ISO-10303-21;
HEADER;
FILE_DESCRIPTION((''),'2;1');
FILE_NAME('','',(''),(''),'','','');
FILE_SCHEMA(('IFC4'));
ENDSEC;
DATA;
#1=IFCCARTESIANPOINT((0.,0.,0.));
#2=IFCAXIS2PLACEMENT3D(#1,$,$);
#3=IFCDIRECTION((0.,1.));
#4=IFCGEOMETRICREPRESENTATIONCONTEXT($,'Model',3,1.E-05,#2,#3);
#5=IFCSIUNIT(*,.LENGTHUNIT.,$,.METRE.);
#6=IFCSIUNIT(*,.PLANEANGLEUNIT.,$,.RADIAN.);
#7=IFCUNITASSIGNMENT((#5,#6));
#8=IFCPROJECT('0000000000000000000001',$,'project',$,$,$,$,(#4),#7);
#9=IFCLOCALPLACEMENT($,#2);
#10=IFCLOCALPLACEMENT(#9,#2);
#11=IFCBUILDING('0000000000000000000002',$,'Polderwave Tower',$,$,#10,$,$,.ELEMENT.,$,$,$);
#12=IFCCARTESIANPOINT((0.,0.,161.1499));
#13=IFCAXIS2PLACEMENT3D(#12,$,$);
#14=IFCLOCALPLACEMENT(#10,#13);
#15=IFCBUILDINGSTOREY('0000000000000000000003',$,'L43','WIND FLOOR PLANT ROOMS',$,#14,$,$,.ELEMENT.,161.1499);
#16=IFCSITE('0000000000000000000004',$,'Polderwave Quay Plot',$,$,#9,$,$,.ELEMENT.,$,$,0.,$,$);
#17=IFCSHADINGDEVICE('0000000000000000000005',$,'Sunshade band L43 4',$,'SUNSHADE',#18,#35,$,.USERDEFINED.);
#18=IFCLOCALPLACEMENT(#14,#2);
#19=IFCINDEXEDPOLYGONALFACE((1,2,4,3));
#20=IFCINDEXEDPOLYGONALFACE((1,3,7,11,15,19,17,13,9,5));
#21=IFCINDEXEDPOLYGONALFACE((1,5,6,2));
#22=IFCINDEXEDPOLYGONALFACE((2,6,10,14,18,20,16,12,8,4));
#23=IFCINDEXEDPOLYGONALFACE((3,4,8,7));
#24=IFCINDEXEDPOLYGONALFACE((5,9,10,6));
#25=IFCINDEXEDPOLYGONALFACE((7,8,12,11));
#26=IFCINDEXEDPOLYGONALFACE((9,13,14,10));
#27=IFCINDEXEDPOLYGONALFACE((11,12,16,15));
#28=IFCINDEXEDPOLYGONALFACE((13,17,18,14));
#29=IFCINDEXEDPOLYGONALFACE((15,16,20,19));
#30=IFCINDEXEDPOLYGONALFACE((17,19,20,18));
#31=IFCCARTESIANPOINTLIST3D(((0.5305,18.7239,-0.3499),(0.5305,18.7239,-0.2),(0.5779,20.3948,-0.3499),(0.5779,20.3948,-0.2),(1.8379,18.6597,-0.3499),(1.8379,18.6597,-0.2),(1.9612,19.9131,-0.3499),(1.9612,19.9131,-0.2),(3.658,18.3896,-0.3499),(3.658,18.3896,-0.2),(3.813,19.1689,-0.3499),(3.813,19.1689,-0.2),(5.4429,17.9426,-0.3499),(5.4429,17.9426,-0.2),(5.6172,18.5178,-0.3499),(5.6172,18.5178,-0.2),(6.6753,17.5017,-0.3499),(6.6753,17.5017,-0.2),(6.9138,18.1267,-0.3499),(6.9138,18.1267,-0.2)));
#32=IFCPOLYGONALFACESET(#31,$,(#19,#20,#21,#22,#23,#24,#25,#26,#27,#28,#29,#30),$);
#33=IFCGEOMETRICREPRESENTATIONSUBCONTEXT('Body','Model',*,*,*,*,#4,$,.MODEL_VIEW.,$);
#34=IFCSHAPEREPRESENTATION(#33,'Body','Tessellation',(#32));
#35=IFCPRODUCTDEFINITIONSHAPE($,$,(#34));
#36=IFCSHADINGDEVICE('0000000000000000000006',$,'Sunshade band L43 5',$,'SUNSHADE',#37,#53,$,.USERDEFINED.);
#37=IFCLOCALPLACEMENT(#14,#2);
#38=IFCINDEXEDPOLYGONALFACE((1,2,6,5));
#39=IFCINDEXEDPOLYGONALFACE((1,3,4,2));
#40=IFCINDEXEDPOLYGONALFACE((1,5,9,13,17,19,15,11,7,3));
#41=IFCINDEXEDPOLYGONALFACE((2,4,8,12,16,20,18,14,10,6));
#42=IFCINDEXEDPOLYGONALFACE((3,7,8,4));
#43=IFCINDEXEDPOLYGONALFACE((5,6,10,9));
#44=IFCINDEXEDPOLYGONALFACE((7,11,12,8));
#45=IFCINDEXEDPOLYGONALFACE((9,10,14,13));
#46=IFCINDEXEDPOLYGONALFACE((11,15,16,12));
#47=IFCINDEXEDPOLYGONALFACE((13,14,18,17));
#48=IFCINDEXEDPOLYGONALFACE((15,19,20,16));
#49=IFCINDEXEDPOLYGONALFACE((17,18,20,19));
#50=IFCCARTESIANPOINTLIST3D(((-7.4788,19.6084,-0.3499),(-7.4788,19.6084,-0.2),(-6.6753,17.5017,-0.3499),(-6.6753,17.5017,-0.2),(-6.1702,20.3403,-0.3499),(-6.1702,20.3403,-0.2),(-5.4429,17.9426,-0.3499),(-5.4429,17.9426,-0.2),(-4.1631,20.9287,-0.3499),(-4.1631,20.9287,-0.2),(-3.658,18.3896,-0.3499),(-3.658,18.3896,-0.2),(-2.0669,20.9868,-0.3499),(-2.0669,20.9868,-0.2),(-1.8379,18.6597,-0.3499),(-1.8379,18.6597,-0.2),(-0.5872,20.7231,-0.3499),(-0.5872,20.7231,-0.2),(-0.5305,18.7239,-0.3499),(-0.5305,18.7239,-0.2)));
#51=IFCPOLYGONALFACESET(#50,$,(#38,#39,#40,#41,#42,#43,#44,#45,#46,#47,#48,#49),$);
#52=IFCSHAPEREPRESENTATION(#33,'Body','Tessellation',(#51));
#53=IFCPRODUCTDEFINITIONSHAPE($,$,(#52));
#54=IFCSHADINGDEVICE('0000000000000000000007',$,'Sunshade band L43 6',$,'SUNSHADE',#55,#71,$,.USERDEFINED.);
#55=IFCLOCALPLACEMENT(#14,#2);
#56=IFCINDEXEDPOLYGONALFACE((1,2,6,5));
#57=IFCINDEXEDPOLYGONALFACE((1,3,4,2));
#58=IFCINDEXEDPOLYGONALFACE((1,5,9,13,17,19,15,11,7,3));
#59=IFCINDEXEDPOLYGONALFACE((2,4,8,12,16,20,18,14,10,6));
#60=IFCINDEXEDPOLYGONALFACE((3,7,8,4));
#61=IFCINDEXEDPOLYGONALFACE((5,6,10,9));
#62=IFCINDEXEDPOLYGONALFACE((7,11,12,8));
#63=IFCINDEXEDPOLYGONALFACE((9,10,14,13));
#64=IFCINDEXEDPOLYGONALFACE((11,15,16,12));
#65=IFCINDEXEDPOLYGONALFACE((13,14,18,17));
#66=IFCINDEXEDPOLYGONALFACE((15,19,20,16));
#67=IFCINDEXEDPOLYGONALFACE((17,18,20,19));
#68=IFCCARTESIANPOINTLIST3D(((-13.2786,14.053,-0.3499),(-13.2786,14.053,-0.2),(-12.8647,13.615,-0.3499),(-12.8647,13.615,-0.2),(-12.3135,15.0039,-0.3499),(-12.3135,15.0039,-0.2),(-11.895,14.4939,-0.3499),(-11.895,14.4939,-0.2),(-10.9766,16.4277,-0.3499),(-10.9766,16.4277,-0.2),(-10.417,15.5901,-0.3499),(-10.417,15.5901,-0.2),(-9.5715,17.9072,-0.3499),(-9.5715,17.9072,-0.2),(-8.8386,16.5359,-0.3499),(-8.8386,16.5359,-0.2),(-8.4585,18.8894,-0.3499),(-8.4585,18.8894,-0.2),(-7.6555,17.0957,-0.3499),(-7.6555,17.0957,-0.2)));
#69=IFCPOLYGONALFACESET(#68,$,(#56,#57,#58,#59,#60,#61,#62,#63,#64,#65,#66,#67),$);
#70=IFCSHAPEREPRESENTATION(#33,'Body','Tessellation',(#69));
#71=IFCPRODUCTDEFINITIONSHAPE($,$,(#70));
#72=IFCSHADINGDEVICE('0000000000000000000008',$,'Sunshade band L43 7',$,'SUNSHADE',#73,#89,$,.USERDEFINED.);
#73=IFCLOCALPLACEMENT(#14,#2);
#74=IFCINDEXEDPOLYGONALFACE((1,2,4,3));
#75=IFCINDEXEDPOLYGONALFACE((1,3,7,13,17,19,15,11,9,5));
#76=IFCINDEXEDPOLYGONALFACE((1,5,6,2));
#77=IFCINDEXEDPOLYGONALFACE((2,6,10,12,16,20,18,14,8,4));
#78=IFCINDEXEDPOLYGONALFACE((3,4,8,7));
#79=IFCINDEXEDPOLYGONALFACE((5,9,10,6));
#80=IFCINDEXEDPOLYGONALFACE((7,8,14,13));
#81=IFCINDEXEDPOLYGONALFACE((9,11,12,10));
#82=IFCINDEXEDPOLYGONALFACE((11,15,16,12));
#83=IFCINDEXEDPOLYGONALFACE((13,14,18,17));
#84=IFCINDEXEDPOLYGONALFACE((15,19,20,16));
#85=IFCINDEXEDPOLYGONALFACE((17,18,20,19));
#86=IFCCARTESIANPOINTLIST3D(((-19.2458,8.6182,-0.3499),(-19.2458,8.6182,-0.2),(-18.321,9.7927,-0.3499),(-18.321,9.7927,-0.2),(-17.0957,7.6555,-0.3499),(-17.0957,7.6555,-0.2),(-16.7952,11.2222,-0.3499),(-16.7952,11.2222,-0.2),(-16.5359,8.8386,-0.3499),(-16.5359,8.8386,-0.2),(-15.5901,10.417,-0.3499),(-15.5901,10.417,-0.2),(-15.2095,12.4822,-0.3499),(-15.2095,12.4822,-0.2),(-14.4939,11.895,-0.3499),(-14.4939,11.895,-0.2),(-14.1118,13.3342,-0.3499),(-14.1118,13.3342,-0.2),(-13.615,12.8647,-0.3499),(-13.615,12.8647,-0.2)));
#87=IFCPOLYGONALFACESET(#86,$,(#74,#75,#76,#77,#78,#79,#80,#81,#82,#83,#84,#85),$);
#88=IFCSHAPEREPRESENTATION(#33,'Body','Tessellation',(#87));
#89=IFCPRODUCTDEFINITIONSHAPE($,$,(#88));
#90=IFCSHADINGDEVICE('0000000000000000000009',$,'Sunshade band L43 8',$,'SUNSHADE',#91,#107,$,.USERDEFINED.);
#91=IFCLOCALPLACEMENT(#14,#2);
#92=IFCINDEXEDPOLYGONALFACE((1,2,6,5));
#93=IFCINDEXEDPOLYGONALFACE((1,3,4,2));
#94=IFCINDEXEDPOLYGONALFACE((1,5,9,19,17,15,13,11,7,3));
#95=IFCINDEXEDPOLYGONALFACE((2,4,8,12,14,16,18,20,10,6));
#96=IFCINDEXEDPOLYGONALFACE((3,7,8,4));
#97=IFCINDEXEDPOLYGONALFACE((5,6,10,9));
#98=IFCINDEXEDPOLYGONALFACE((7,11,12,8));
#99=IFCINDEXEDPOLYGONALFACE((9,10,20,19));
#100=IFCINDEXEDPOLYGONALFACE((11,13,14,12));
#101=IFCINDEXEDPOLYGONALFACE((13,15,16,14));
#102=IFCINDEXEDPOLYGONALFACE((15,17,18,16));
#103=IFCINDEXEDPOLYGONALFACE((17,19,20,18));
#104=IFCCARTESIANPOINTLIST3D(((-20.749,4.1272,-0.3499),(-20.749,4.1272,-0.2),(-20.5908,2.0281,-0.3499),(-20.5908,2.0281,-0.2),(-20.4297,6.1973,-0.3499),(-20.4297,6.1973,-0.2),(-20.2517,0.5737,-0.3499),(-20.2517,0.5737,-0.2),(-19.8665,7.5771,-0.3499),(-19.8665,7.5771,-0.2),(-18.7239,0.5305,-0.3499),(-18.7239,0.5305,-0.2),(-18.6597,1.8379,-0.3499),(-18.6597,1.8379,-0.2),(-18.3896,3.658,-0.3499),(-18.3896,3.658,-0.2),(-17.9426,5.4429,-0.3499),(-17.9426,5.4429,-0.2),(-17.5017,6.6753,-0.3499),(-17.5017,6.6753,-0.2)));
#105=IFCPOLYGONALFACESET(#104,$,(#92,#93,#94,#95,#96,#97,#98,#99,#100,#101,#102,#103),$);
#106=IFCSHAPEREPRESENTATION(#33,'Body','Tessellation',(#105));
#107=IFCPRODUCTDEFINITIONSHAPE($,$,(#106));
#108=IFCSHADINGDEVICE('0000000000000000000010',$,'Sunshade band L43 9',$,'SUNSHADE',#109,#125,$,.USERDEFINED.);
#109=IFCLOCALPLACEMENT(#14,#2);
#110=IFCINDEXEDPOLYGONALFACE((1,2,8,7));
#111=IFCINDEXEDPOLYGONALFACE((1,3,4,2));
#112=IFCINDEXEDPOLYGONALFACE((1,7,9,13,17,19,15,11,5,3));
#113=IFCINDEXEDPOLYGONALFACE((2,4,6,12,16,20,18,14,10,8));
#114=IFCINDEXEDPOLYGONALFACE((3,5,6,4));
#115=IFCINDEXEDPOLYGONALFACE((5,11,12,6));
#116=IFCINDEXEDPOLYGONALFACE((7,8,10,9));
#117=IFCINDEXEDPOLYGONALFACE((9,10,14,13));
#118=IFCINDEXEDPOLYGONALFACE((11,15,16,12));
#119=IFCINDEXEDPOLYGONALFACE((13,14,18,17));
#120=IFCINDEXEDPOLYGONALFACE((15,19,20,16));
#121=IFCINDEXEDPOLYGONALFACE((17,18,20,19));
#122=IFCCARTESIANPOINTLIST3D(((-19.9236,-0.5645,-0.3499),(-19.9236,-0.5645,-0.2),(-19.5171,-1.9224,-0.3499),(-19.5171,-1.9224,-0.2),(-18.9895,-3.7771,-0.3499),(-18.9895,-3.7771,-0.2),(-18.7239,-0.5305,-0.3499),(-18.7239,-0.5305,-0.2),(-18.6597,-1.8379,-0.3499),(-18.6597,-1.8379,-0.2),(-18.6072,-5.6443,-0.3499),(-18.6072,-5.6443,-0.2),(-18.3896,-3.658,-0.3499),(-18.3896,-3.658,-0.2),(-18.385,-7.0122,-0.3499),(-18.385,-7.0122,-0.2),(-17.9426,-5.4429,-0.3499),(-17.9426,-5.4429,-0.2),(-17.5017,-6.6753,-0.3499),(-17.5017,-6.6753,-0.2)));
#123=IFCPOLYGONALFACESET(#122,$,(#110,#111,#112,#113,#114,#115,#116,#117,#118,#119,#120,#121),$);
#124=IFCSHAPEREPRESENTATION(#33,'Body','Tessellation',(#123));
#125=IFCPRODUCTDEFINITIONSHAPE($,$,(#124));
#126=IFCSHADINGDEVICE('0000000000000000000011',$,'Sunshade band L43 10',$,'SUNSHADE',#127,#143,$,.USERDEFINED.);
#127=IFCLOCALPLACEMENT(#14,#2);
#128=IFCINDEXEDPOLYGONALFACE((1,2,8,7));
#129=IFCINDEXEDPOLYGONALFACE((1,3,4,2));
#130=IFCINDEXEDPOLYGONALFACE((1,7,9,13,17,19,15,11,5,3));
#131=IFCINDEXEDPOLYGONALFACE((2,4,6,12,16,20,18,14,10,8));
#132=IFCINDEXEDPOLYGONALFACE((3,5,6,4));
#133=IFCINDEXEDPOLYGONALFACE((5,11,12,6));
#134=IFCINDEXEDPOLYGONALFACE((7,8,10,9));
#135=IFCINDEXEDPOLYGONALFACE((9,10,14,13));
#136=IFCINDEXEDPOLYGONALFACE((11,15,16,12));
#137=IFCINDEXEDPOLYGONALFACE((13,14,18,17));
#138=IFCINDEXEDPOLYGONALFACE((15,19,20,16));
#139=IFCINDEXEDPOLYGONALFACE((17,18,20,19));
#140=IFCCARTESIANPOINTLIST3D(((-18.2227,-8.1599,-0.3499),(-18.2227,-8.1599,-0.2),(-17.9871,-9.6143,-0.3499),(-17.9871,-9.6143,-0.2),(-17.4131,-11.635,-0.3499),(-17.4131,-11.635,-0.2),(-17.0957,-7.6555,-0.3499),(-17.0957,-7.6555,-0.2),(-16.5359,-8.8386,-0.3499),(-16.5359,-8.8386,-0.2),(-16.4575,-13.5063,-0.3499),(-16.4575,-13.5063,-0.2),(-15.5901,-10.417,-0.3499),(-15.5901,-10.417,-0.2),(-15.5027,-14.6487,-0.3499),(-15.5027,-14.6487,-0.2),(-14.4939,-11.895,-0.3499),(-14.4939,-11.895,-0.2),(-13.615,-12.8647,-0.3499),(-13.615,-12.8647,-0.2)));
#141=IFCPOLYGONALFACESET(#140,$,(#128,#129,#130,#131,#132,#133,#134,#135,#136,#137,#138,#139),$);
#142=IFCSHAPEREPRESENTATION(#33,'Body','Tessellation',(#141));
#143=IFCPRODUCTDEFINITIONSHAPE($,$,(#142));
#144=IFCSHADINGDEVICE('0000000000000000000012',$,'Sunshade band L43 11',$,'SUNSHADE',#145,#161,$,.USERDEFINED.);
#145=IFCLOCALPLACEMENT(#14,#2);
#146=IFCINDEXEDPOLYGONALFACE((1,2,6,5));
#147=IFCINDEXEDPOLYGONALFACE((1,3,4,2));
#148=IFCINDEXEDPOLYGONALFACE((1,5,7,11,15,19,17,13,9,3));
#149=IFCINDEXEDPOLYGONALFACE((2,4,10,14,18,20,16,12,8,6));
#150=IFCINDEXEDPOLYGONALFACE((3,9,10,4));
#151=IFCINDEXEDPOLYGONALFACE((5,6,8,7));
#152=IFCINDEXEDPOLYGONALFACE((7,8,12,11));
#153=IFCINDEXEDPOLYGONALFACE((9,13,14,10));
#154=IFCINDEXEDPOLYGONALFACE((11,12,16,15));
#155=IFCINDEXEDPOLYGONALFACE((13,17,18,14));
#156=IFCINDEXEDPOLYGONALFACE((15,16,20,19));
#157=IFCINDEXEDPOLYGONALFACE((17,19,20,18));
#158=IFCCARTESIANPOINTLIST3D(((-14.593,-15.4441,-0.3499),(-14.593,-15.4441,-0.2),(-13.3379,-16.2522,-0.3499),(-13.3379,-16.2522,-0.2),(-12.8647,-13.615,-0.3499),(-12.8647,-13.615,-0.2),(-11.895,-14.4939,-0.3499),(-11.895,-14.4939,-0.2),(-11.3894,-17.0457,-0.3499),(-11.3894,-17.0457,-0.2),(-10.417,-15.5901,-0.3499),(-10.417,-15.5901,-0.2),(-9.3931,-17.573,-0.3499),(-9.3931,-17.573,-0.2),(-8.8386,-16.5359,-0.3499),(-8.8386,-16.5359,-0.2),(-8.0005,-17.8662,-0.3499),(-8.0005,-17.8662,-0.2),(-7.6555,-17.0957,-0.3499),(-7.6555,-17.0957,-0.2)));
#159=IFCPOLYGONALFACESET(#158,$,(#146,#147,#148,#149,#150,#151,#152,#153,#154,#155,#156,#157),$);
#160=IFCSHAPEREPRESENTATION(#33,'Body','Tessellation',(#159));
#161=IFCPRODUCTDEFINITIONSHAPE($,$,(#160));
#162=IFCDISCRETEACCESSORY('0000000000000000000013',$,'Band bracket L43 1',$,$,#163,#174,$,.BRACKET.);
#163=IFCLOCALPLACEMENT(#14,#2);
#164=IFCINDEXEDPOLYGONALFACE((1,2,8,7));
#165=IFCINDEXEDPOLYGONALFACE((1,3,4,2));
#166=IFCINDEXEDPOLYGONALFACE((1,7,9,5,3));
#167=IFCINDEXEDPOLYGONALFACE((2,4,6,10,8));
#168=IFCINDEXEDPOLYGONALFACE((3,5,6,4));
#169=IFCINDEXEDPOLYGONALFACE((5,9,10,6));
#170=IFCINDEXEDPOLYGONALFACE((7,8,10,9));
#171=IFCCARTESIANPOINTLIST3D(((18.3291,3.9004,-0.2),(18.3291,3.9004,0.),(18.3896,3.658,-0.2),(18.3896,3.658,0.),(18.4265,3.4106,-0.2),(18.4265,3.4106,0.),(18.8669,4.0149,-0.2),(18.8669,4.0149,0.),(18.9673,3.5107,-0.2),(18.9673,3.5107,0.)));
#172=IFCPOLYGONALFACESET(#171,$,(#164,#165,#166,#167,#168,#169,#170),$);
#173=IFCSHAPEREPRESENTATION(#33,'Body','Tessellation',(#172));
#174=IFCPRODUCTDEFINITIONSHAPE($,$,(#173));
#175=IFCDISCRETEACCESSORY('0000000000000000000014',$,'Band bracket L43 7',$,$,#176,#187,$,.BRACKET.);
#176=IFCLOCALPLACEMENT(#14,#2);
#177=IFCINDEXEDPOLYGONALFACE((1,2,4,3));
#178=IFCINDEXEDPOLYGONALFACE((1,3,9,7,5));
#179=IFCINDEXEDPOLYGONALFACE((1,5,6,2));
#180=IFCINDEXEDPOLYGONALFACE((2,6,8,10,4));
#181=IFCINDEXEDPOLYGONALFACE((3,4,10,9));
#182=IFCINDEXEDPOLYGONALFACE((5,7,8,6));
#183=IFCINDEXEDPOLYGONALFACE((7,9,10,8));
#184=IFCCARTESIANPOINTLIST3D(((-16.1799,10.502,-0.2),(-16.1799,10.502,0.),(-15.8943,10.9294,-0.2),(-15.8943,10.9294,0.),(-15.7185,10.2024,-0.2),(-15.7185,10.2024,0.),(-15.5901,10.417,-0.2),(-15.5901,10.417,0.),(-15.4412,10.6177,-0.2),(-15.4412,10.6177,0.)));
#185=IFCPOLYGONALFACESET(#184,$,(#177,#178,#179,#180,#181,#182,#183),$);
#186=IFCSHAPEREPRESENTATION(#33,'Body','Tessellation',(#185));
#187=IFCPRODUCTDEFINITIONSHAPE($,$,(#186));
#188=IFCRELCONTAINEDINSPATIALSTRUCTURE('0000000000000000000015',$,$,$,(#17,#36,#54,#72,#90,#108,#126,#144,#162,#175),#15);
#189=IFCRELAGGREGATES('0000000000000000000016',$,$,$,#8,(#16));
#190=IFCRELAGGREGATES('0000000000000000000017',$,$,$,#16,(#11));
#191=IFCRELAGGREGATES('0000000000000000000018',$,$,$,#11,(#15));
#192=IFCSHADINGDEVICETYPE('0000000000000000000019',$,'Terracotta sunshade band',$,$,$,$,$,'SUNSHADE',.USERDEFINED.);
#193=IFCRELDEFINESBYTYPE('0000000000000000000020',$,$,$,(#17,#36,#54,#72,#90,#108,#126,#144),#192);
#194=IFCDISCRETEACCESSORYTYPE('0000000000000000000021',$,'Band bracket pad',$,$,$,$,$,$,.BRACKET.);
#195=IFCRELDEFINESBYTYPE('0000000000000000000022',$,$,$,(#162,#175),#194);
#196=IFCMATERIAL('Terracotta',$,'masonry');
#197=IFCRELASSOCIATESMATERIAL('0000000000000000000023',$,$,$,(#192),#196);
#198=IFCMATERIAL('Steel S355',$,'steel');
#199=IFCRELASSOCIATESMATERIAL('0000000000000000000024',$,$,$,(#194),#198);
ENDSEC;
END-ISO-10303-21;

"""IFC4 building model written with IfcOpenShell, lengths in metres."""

from ifc_helpers import new_model, si_unit, direction, frame, origin, place, context, subcontext, project, spatial, polyline, outline, extrude, material, type_object, element, save


model = new_model("IFC4")

# Units and contexts
model_context = context("Model", 3, precision=1e-05, world=origin(), true_north=direction((0.0, 1.0)))
body_context = subcontext(model_context, "Body", "Model", "MODEL_VIEW")
ifc_project = project(units=[si_unit("LENGTHUNIT", "METRE"), si_unit("PLANEANGLEUNIT", "RADIAN")], contexts=[model_context])

# Site, building, storey
site_placement = place(None, origin())
site = spatial("IfcSite", under=ifc_project, at=site_placement, Name="Polderwave Quay Plot", CompositionType="ELEMENT", RefElevation=0.0)
building_placement = place(site_placement, origin())
building = spatial("IfcBuilding", under=site, at=building_placement, Name="Polderwave Tower", CompositionType="ELEMENT")
storey_placement = place(building_placement, frame((0.0, 0.0, 161.1499)))
storey = spatial("IfcBuildingStorey", under=building, at=storey_placement, Name="L43", Description="WIND FLOOR PLANT ROOMS", CompositionType="ELEMENT", Elevation=161.1499)

# Shared definitions
ifc_material_1 = material(Name="Steel S355", Category="steel")

# Shading devices
ifc_material_2 = material(Name="Terracotta", Category="masonry")
shading_device_type = type_object("IfcShadingDeviceType", Name="Terracotta sunshade band", ElementType="SUNSHADE", PredefinedType="USERDEFINED", material=ifc_material_2)
shading_device_1_placement = place(storey_placement, frame((0.0, 0.0, -0.3499)))
element("IfcShadingDevice", 1, at=shading_device_1_placement, inside=storey, type_object=shading_device_type, Name="Sunshade band L43 4", ObjectType="SUNSHADE", PredefinedType="USERDEFINED", context=body_context, shape_type="SweptSolid", body=[
    extrude(outline(polyline([(6.6753, 17.5017), (5.4429, 17.9426), (3.658, 18.3896), (1.8379, 18.6597), (0.5305, 18.7239), (0.5779, 20.3948), (1.9612, 19.9131), (3.813, 19.1689), (5.6172, 18.5178), (6.9138, 18.1267), (6.6753, 17.5017)])), origin(), (0.0, 0.0, 1.0), 0.1499),
])
shading_device_2_placement = place(storey_placement, frame((0.0, 0.0, -0.3499)))
element("IfcShadingDevice", 2, at=shading_device_2_placement, inside=storey, type_object=shading_device_type, Name="Sunshade band L43 5", ObjectType="SUNSHADE", PredefinedType="USERDEFINED", context=body_context, shape_type="SweptSolid", body=[
    extrude(outline(polyline([(-0.5305, 18.7239), (-1.8379, 18.6597), (-3.658, 18.3896), (-5.4429, 17.9426), (-6.6753, 17.5017), (-7.4788, 19.6084), (-6.1702, 20.3403), (-4.1631, 20.9287), (-2.0669, 20.9868), (-0.5872, 20.7231), (-0.5305, 18.7239)])), origin(), (0.0, 0.0, 1.0), 0.1499),
])
shading_device_3_placement = place(storey_placement, frame((0.0, 0.0, -0.3499)))
element("IfcShadingDevice", 3, at=shading_device_3_placement, inside=storey, type_object=shading_device_type, Name="Sunshade band L43 6", ObjectType="SUNSHADE", PredefinedType="USERDEFINED", context=body_context, shape_type="SweptSolid", body=[
    extrude(outline(polyline([(-7.6555, 17.0957), (-8.8386, 16.5359), (-10.417, 15.5901), (-11.895, 14.4939), (-12.8647, 13.615), (-13.2786, 14.053), (-12.3135, 15.0039), (-10.9766, 16.4277), (-9.5715, 17.9072), (-8.4585, 18.8894), (-7.6555, 17.0957)])), origin(), (0.0, 0.0, 1.0), 0.1499),
])
shading_device_4_placement = place(storey_placement, frame((0.0, 0.0, -0.3499)))
element("IfcShadingDevice", 4, at=shading_device_4_placement, inside=storey, type_object=shading_device_type, Name="Sunshade band L43 7", ObjectType="SUNSHADE", PredefinedType="USERDEFINED", context=body_context, shape_type="SweptSolid", body=[
    extrude(outline(polyline([(-13.615, 12.8647), (-14.4939, 11.895), (-15.5901, 10.417), (-16.5359, 8.8386), (-17.0957, 7.6555), (-19.2458, 8.6182), (-18.321, 9.7927), (-16.7952, 11.2222), (-15.2095, 12.4822), (-14.1118, 13.3342), (-13.615, 12.8647)])), origin(), (0.0, 0.0, 1.0), 0.1499),
])
shading_device_5_placement = place(storey_placement, frame((0.0, 0.0, -0.3499)))
element("IfcShadingDevice", 5, at=shading_device_5_placement, inside=storey, type_object=shading_device_type, Name="Sunshade band L43 8", ObjectType="SUNSHADE", PredefinedType="USERDEFINED", context=body_context, shape_type="SweptSolid", body=[
    extrude(outline(polyline([(-17.5017, 6.6753), (-17.9426, 5.4429), (-18.3896, 3.658), (-18.6597, 1.8379), (-18.7239, 0.5305), (-20.2517, 0.5737), (-20.5908, 2.0281), (-20.749, 4.1272), (-20.4297, 6.1973), (-19.8665, 7.5771), (-17.5017, 6.6753)])), origin(), (0.0, 0.0, 1.0), 0.1499),
])
shading_device_6_placement = place(storey_placement, frame((0.0, 0.0, -0.3499)))
element("IfcShadingDevice", 6, at=shading_device_6_placement, inside=storey, type_object=shading_device_type, Name="Sunshade band L43 9", ObjectType="SUNSHADE", PredefinedType="USERDEFINED", context=body_context, shape_type="SweptSolid", body=[
    extrude(outline(polyline([(-18.7239, -0.5305), (-18.6597, -1.8379), (-18.3896, -3.658), (-17.9426, -5.4429), (-17.5017, -6.6753), (-18.385, -7.0122), (-18.6072, -5.6443), (-18.9895, -3.7771), (-19.5171, -1.9224), (-19.9236, -0.5645), (-18.7239, -0.5305)])), origin(), (0.0, 0.0, 1.0), 0.1499),
])
shading_device_7_placement = place(storey_placement, frame((0.0, 0.0, -0.3499)))
element("IfcShadingDevice", 7, at=shading_device_7_placement, inside=storey, type_object=shading_device_type, Name="Sunshade band L43 10", ObjectType="SUNSHADE", PredefinedType="USERDEFINED", context=body_context, shape_type="SweptSolid", body=[
    extrude(outline(polyline([(-17.0957, -7.6555), (-16.5359, -8.8386), (-15.5901, -10.417), (-14.4939, -11.895), (-13.615, -12.8647), (-15.5027, -14.6487), (-16.4575, -13.5063), (-17.4131, -11.635), (-17.9871, -9.6143), (-18.2227, -8.1599), (-17.0957, -7.6555)])), origin(), (0.0, 0.0, 1.0), 0.1499),
])
shading_device_8_placement = place(storey_placement, frame((0.0, 0.0, -0.3499)))
element("IfcShadingDevice", 8, at=shading_device_8_placement, inside=storey, type_object=shading_device_type, Name="Sunshade band L43 11", ObjectType="SUNSHADE", PredefinedType="USERDEFINED", context=body_context, shape_type="SweptSolid", body=[
    extrude(outline(polyline([(-12.8647, -13.615), (-11.895, -14.4939), (-10.417, -15.5901), (-8.8386, -16.5359), (-7.6555, -17.0957), (-8.0005, -17.8662), (-9.3931, -17.573), (-11.3894, -17.0457), (-13.3379, -16.2522), (-14.593, -15.4441), (-12.8647, -13.615)])), origin(), (0.0, 0.0, 1.0), 0.1499),
])

# Discrete accessories
discrete_accessory_type = type_object("IfcDiscreteAccessoryType", Name="Band bracket pad", PredefinedType="BRACKET", material=ifc_material_1)
discrete_accessory_1_placement = place(storey_placement, frame((0.0, 0.0, -0.2)))
element("IfcDiscreteAccessory", 9, at=discrete_accessory_1_placement, inside=storey, type_object=discrete_accessory_type, Name="Band bracket L43 1", PredefinedType="BRACKET", context=body_context, shape_type="SweptSolid", body=[
    extrude(outline(polyline([(18.4265, 3.4106), (18.3896, 3.658), (18.3291, 3.9004), (18.8669, 4.0149), (18.9673, 3.5107), (18.4265, 3.4106)])), origin(), (0.0, 0.0, 1.0), 0.2),
])
discrete_accessory_2_placement = place(storey_placement, frame((0.0, 0.0, -0.2)))
element("IfcDiscreteAccessory", 10, at=discrete_accessory_2_placement, inside=storey, type_object=discrete_accessory_type, Name="Band bracket L43 7", PredefinedType="BRACKET", context=body_context, shape_type="SweptSolid", body=[
    extrude(outline(polyline([(-15.4412, 10.6177), (-15.5901, 10.417), (-15.7185, 10.2024), (-16.1799, 10.502), (-15.8943, 10.9294), (-15.4412, 10.6177)])), origin(), (0.0, 0.0, 1.0), 0.2),
])

save(model, "model.ifc")
